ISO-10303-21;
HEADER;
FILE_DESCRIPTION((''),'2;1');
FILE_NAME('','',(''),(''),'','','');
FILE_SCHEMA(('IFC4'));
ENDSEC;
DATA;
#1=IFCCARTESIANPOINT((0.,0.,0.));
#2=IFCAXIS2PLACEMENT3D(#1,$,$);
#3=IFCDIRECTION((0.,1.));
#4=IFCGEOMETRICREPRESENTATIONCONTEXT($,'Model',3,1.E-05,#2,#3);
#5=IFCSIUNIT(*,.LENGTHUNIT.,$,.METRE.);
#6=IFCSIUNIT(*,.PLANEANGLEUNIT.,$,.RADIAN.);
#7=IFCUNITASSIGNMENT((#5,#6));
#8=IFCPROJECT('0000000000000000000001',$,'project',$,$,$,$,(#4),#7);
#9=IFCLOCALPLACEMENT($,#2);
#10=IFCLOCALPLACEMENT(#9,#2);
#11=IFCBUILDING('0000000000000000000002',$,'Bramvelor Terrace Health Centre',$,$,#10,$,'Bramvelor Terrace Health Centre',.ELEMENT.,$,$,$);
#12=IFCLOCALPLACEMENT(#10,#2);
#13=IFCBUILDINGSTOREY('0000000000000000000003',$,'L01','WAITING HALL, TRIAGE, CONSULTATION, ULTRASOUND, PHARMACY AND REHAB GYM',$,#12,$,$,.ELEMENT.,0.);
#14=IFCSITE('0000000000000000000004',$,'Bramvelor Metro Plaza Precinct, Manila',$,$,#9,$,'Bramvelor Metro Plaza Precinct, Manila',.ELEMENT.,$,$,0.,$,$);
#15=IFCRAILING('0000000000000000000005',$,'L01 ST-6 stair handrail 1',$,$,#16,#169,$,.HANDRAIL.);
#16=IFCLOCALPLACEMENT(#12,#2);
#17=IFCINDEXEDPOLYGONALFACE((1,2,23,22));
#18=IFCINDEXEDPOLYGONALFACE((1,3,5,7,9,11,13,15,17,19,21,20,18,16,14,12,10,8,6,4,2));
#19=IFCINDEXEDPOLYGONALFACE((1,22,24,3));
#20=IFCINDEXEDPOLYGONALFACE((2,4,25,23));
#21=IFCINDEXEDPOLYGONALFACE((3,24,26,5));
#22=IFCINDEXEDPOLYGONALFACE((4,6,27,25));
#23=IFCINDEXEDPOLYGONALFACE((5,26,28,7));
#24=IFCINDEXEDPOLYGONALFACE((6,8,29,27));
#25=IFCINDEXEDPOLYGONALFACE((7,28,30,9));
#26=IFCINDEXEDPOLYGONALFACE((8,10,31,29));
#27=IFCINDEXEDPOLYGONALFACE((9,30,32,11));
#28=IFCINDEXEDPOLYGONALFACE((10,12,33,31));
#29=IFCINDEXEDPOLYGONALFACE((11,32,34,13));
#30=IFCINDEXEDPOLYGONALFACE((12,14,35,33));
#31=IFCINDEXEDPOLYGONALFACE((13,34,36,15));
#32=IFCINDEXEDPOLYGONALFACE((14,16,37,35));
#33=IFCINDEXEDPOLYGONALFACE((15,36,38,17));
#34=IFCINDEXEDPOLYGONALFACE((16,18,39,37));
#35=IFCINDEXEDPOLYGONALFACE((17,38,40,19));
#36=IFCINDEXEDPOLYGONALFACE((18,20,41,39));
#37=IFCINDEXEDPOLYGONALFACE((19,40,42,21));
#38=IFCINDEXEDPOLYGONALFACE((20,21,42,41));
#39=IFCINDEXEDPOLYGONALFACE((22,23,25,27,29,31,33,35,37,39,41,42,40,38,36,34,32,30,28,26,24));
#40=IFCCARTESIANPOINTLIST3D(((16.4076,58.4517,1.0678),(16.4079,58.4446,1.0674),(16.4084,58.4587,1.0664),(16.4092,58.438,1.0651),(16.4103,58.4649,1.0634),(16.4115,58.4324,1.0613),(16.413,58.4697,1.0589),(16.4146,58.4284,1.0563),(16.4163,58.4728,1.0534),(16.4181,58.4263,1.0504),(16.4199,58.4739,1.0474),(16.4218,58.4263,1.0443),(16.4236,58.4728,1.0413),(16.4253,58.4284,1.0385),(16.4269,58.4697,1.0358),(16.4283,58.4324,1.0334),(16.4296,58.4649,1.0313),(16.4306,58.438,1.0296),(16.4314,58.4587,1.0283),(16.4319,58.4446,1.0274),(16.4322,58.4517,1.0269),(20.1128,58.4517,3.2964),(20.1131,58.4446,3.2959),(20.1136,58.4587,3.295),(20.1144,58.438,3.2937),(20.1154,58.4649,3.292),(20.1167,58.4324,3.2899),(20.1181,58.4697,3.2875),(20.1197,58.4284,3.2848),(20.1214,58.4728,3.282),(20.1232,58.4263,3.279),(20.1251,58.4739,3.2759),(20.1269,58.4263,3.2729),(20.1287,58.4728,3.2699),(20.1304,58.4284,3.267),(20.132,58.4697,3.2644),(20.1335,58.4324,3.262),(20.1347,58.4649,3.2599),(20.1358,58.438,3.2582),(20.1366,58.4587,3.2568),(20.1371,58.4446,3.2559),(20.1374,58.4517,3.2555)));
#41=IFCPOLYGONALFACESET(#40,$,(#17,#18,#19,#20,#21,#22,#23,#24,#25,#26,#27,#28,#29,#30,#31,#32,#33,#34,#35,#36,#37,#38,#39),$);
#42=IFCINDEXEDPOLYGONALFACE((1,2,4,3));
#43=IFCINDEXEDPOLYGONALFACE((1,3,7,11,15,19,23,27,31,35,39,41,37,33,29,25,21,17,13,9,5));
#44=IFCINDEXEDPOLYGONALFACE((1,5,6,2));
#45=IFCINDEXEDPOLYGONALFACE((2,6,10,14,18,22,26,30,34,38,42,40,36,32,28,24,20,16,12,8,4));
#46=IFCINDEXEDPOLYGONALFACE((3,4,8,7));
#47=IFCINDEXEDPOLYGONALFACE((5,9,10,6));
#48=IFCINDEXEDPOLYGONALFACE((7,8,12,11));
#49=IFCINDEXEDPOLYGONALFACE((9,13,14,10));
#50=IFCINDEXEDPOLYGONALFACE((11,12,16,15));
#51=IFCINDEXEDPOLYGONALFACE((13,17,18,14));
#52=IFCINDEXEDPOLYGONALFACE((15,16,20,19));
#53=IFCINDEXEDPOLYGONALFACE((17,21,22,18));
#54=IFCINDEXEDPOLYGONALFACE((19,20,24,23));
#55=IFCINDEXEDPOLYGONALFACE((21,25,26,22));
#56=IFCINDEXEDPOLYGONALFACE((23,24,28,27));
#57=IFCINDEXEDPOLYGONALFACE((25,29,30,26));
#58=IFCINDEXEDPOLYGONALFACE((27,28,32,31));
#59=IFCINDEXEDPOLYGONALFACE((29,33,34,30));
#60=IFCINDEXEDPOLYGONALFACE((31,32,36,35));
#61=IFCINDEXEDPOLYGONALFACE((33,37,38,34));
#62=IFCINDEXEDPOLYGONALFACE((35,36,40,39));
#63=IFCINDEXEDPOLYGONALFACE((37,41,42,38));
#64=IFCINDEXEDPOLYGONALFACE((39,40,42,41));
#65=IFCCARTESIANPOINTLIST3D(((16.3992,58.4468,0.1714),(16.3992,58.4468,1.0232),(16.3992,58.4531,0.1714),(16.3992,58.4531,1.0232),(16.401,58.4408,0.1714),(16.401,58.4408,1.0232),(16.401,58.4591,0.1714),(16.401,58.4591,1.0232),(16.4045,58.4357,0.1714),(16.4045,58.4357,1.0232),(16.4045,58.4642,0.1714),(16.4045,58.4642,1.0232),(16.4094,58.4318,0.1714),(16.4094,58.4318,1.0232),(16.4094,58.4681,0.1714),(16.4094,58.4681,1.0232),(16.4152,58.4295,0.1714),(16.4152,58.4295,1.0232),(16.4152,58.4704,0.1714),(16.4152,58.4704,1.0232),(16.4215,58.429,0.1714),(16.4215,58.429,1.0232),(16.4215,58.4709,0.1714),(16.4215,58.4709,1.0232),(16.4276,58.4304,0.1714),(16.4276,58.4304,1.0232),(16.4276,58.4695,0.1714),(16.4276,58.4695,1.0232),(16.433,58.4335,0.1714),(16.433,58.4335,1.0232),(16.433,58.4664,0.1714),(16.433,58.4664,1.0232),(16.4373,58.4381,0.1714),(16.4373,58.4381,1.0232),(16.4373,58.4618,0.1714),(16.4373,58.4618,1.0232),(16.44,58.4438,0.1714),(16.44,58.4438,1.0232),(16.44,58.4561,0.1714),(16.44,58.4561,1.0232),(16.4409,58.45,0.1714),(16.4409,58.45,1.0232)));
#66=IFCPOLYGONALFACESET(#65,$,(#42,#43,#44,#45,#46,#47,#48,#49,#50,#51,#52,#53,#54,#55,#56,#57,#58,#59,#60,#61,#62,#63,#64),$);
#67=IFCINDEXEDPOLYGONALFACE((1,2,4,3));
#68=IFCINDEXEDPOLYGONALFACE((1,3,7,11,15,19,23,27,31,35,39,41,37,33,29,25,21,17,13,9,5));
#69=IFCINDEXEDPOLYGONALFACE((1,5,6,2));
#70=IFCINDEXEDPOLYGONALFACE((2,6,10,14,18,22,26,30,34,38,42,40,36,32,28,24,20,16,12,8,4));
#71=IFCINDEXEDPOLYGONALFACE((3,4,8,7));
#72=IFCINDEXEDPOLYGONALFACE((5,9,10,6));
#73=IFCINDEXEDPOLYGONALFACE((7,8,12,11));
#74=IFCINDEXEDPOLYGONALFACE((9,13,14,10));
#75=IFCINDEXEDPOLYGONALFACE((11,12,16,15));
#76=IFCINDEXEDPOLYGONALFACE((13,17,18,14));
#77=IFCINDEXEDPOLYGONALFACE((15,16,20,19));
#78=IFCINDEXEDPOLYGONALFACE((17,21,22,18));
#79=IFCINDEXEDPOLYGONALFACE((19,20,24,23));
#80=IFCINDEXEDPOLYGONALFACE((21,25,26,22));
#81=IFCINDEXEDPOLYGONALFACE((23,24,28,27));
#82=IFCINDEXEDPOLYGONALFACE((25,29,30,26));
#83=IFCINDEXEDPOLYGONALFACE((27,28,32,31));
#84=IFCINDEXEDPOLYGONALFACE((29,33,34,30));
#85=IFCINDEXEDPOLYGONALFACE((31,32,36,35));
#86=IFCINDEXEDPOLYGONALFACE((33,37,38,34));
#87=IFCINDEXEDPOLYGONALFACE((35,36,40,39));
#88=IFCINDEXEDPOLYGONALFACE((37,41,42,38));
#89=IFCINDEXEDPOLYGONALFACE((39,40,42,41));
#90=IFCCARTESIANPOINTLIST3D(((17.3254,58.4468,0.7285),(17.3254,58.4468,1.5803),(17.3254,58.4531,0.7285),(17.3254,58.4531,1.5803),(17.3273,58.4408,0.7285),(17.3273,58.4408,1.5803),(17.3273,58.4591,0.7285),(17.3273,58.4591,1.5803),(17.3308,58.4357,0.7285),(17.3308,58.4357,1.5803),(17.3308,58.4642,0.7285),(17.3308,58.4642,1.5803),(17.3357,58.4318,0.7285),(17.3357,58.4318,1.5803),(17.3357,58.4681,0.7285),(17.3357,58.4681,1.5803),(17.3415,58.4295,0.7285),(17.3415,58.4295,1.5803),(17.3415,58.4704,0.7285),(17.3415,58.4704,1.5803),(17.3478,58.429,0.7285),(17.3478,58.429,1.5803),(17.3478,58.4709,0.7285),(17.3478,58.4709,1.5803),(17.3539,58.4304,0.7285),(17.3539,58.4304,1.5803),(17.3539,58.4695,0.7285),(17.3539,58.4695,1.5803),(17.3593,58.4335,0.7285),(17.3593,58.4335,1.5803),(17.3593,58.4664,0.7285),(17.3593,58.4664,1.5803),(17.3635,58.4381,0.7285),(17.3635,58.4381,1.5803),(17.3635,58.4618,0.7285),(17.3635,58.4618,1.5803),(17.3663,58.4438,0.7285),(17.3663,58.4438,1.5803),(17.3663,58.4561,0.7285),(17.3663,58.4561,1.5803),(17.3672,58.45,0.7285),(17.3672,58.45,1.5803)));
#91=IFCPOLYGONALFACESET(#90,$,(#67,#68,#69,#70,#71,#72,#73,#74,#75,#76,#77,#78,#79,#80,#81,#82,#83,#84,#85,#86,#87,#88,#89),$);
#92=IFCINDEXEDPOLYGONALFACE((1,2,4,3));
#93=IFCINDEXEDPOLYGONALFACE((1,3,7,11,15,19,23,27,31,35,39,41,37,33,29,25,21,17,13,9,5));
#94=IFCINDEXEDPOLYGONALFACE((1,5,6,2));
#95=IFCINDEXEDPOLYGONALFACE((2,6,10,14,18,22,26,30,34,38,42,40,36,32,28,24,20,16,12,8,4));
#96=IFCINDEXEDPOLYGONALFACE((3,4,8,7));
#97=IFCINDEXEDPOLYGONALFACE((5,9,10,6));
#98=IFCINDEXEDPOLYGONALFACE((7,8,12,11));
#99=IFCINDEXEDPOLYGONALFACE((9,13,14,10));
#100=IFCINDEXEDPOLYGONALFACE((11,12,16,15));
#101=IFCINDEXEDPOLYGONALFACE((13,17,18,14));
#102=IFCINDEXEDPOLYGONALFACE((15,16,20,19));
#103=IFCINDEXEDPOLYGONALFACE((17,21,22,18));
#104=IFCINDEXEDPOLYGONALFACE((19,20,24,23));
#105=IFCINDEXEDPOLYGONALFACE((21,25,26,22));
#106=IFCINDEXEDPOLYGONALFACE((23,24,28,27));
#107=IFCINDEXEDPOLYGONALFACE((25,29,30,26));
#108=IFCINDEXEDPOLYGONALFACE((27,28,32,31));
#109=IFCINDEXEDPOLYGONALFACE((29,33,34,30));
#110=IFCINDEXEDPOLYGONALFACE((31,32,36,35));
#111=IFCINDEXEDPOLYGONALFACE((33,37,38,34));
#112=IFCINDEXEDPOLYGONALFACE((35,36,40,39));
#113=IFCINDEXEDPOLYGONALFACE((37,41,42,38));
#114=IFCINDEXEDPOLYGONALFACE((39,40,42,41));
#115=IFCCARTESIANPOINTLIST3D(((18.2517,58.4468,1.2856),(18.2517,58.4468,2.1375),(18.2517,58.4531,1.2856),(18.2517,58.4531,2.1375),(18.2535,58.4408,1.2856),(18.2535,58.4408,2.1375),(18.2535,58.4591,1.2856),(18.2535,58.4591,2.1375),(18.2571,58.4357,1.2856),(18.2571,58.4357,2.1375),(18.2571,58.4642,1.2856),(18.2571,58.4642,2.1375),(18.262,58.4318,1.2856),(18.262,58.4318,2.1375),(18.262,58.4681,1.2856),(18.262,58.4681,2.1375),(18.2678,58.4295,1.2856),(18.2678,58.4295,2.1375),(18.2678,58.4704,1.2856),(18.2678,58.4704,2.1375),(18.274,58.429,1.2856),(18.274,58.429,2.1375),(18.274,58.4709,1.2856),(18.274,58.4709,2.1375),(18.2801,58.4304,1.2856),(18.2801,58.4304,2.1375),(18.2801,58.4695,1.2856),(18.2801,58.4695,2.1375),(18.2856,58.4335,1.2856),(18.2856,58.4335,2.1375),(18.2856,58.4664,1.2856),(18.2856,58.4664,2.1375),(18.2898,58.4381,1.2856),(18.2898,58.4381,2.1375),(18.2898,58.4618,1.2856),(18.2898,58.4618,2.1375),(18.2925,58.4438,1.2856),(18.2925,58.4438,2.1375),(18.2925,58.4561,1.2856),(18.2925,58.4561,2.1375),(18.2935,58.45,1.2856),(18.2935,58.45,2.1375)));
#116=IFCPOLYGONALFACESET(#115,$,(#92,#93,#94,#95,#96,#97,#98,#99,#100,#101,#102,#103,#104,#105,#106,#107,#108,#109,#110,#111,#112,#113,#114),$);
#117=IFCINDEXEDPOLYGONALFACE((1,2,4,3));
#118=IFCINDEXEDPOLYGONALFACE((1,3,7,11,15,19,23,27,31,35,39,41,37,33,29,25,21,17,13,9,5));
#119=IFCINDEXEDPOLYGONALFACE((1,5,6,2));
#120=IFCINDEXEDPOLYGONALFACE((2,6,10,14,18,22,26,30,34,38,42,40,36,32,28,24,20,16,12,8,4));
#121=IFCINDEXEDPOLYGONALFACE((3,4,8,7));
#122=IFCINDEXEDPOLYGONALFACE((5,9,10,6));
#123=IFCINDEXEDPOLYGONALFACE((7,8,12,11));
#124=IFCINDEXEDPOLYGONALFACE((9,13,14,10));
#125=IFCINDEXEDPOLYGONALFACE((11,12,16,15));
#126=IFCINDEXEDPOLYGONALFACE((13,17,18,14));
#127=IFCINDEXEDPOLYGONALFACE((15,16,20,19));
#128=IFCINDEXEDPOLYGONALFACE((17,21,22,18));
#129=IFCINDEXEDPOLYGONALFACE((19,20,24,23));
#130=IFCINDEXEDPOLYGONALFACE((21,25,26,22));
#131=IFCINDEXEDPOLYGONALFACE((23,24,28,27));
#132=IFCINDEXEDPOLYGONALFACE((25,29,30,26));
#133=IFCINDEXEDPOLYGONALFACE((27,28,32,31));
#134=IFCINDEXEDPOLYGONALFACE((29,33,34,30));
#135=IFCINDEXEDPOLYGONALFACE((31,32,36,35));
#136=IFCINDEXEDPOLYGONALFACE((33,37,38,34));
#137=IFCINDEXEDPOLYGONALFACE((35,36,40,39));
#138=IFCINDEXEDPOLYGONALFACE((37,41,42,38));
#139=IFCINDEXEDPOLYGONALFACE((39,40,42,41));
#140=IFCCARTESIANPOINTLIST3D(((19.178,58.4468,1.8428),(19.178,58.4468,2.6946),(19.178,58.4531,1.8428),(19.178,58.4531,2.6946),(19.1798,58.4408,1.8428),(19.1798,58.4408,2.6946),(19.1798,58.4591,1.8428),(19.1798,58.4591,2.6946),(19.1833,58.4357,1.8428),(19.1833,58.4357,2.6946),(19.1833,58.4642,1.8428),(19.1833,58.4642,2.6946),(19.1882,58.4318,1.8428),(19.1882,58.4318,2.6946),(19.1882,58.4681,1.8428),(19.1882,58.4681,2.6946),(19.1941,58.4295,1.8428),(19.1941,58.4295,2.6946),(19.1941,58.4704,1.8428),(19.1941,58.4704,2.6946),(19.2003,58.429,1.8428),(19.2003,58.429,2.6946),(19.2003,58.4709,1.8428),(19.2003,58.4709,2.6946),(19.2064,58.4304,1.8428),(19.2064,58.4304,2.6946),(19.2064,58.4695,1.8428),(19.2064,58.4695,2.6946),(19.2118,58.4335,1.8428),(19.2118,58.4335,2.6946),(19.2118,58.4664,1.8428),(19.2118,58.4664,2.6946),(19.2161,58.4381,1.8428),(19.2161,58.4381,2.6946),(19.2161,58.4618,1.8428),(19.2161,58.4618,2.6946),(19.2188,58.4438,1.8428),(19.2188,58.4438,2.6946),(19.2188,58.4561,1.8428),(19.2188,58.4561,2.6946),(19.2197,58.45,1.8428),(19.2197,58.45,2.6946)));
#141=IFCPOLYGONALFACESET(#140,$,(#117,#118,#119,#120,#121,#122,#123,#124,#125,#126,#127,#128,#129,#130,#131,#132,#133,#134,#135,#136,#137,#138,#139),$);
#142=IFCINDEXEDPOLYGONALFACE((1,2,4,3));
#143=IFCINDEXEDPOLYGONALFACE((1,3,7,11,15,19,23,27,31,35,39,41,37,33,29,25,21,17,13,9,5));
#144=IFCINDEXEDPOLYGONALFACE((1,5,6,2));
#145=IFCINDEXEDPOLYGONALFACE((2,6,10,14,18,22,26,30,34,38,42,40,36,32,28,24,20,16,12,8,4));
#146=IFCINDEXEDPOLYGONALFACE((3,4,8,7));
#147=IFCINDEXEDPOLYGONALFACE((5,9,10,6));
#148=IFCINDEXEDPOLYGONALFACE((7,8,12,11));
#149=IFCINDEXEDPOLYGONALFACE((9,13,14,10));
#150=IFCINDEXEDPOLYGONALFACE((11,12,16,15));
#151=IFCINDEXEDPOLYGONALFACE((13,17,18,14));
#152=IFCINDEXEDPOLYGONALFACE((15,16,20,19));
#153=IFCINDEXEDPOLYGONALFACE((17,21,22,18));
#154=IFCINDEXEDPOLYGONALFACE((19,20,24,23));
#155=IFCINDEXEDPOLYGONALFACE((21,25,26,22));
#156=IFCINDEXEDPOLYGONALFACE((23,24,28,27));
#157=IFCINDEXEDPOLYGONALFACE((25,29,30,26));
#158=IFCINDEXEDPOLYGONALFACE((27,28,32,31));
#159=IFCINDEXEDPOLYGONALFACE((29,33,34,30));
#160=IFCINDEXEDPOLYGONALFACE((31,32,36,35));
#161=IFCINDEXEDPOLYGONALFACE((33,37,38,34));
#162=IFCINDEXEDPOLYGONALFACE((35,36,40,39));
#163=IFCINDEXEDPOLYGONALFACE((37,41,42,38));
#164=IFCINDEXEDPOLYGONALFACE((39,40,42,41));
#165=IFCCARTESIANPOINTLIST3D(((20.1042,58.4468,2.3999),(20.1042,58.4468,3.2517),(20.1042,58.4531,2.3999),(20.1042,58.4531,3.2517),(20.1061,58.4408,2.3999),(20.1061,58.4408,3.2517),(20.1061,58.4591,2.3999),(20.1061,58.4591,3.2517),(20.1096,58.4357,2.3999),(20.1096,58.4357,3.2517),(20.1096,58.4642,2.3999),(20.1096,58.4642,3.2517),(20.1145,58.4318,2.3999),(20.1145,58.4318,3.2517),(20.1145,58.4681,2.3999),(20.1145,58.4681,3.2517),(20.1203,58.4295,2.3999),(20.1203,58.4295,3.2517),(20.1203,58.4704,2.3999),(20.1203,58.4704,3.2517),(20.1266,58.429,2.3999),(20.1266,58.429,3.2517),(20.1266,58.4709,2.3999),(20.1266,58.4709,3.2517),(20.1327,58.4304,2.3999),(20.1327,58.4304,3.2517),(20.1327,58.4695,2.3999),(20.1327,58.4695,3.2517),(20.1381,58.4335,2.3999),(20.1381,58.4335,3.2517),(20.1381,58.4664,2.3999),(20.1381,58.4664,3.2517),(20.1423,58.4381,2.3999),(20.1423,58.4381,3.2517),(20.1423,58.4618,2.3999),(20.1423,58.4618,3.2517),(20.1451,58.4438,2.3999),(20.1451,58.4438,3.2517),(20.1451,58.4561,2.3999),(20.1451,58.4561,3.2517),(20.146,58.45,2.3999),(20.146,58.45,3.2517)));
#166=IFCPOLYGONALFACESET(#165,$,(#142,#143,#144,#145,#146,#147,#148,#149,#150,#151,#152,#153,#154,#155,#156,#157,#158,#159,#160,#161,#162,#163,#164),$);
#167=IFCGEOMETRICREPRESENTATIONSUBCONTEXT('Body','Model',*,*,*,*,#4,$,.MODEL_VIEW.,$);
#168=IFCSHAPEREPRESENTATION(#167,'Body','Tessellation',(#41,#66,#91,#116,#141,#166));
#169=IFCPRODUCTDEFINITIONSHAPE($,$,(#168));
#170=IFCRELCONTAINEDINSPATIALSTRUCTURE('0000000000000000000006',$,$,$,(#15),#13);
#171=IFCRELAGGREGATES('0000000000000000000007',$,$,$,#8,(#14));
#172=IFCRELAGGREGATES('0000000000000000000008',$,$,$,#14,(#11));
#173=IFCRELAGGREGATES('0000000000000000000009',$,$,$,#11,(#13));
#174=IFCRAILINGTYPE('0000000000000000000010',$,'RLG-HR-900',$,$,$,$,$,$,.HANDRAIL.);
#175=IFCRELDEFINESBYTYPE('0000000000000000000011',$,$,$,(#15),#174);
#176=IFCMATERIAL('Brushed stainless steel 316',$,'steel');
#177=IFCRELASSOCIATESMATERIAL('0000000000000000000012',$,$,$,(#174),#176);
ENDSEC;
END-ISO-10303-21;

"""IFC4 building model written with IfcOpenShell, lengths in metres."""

from ifc_helpers import new_model, si_unit, direction, frame, origin, origin_2d, place, context, subcontext, project, spatial, circle, extrude, material, type_object, element, save


model = new_model("IFC4")

# Units and contexts
model_context = context("Model", 3, precision=1e-05, world=origin(), true_north=direction((0.0, 1.0)))
body_context = subcontext(model_context, "Body", "Model", "MODEL_VIEW")
ifc_project = project(units=[si_unit("LENGTHUNIT", "METRE"), si_unit("PLANEANGLEUNIT", "RADIAN")], contexts=[model_context])

# Site, building, storey
site_placement = place(None, origin())
site = spatial("IfcSite", under=ifc_project, at=site_placement, Name="Bramvelor Metro Plaza Precinct, Manila", LongName="Bramvelor Metro Plaza Precinct, Manila", CompositionType="ELEMENT", RefElevation=0.0)
building_placement = place(site_placement, origin())
building = spatial("IfcBuilding", under=site, at=building_placement, Name="Bramvelor Terrace Health Centre", LongName="Bramvelor Terrace Health Centre", CompositionType="ELEMENT")
storey_placement = place(building_placement, origin())
storey = spatial("IfcBuildingStorey", under=building, at=storey_placement, Name="L01", Description="WAITING HALL, TRIAGE, CONSULTATION, ULTRASOUND, PHARMACY AND REHAB GYM", CompositionType="ELEMENT", Elevation=0.0)

# Railing
ifc_material_1 = material(Name="Brushed stainless steel 316", Category="steel")
railing_type_1 = type_object("IfcRailingType", Name="RLG-HR-900", PredefinedType="HANDRAIL", material=ifc_material_1)
railing_1_placement = place(storey_placement, frame((16.4199, 58.45, 0.1714)))
element("IfcRailing", 1, at=railing_1_placement, inside=storey, type_object=railing_type_1, Name="L01 ST-6 stair handrail 1", PredefinedType="HANDRAIL", context=body_context, shape_type="SweptSolid", body=[
    extrude(circle(Radius=0.0239, at=origin_2d()), frame((0.0, 0.0, 0.876), z_axis=(0.856934, 0.0, 0.515425), x_axis=(0.0, 1.0, 0.0)), (0.0, 0.0, 1.0), 4.3237),
    extrude(circle(Radius=0.021, at=origin_2d()), origin(), (0.0, 0.0, 1.0), 0.8518),
    extrude(circle(Radius=0.021, at=origin_2d()), frame((0.9263, 0.0, 0.5571)), (0.0, 0.0, 1.0), 0.8518),
    extrude(circle(Radius=0.021, at=origin_2d()), frame((1.8525, 0.0, 1.1143)), (0.0, 0.0, 1.0), 0.8518),
    extrude(circle(Radius=0.021, at=origin_2d()), frame((2.7788, 0.0, 1.6714)), (0.0, 0.0, 1.0), 0.8518),
    extrude(circle(Radius=0.021, at=origin_2d()), frame((3.7051, 0.0, 2.2285)), (0.0, 0.0, 1.0), 0.8518),
])

save(model, "model.ifc")
